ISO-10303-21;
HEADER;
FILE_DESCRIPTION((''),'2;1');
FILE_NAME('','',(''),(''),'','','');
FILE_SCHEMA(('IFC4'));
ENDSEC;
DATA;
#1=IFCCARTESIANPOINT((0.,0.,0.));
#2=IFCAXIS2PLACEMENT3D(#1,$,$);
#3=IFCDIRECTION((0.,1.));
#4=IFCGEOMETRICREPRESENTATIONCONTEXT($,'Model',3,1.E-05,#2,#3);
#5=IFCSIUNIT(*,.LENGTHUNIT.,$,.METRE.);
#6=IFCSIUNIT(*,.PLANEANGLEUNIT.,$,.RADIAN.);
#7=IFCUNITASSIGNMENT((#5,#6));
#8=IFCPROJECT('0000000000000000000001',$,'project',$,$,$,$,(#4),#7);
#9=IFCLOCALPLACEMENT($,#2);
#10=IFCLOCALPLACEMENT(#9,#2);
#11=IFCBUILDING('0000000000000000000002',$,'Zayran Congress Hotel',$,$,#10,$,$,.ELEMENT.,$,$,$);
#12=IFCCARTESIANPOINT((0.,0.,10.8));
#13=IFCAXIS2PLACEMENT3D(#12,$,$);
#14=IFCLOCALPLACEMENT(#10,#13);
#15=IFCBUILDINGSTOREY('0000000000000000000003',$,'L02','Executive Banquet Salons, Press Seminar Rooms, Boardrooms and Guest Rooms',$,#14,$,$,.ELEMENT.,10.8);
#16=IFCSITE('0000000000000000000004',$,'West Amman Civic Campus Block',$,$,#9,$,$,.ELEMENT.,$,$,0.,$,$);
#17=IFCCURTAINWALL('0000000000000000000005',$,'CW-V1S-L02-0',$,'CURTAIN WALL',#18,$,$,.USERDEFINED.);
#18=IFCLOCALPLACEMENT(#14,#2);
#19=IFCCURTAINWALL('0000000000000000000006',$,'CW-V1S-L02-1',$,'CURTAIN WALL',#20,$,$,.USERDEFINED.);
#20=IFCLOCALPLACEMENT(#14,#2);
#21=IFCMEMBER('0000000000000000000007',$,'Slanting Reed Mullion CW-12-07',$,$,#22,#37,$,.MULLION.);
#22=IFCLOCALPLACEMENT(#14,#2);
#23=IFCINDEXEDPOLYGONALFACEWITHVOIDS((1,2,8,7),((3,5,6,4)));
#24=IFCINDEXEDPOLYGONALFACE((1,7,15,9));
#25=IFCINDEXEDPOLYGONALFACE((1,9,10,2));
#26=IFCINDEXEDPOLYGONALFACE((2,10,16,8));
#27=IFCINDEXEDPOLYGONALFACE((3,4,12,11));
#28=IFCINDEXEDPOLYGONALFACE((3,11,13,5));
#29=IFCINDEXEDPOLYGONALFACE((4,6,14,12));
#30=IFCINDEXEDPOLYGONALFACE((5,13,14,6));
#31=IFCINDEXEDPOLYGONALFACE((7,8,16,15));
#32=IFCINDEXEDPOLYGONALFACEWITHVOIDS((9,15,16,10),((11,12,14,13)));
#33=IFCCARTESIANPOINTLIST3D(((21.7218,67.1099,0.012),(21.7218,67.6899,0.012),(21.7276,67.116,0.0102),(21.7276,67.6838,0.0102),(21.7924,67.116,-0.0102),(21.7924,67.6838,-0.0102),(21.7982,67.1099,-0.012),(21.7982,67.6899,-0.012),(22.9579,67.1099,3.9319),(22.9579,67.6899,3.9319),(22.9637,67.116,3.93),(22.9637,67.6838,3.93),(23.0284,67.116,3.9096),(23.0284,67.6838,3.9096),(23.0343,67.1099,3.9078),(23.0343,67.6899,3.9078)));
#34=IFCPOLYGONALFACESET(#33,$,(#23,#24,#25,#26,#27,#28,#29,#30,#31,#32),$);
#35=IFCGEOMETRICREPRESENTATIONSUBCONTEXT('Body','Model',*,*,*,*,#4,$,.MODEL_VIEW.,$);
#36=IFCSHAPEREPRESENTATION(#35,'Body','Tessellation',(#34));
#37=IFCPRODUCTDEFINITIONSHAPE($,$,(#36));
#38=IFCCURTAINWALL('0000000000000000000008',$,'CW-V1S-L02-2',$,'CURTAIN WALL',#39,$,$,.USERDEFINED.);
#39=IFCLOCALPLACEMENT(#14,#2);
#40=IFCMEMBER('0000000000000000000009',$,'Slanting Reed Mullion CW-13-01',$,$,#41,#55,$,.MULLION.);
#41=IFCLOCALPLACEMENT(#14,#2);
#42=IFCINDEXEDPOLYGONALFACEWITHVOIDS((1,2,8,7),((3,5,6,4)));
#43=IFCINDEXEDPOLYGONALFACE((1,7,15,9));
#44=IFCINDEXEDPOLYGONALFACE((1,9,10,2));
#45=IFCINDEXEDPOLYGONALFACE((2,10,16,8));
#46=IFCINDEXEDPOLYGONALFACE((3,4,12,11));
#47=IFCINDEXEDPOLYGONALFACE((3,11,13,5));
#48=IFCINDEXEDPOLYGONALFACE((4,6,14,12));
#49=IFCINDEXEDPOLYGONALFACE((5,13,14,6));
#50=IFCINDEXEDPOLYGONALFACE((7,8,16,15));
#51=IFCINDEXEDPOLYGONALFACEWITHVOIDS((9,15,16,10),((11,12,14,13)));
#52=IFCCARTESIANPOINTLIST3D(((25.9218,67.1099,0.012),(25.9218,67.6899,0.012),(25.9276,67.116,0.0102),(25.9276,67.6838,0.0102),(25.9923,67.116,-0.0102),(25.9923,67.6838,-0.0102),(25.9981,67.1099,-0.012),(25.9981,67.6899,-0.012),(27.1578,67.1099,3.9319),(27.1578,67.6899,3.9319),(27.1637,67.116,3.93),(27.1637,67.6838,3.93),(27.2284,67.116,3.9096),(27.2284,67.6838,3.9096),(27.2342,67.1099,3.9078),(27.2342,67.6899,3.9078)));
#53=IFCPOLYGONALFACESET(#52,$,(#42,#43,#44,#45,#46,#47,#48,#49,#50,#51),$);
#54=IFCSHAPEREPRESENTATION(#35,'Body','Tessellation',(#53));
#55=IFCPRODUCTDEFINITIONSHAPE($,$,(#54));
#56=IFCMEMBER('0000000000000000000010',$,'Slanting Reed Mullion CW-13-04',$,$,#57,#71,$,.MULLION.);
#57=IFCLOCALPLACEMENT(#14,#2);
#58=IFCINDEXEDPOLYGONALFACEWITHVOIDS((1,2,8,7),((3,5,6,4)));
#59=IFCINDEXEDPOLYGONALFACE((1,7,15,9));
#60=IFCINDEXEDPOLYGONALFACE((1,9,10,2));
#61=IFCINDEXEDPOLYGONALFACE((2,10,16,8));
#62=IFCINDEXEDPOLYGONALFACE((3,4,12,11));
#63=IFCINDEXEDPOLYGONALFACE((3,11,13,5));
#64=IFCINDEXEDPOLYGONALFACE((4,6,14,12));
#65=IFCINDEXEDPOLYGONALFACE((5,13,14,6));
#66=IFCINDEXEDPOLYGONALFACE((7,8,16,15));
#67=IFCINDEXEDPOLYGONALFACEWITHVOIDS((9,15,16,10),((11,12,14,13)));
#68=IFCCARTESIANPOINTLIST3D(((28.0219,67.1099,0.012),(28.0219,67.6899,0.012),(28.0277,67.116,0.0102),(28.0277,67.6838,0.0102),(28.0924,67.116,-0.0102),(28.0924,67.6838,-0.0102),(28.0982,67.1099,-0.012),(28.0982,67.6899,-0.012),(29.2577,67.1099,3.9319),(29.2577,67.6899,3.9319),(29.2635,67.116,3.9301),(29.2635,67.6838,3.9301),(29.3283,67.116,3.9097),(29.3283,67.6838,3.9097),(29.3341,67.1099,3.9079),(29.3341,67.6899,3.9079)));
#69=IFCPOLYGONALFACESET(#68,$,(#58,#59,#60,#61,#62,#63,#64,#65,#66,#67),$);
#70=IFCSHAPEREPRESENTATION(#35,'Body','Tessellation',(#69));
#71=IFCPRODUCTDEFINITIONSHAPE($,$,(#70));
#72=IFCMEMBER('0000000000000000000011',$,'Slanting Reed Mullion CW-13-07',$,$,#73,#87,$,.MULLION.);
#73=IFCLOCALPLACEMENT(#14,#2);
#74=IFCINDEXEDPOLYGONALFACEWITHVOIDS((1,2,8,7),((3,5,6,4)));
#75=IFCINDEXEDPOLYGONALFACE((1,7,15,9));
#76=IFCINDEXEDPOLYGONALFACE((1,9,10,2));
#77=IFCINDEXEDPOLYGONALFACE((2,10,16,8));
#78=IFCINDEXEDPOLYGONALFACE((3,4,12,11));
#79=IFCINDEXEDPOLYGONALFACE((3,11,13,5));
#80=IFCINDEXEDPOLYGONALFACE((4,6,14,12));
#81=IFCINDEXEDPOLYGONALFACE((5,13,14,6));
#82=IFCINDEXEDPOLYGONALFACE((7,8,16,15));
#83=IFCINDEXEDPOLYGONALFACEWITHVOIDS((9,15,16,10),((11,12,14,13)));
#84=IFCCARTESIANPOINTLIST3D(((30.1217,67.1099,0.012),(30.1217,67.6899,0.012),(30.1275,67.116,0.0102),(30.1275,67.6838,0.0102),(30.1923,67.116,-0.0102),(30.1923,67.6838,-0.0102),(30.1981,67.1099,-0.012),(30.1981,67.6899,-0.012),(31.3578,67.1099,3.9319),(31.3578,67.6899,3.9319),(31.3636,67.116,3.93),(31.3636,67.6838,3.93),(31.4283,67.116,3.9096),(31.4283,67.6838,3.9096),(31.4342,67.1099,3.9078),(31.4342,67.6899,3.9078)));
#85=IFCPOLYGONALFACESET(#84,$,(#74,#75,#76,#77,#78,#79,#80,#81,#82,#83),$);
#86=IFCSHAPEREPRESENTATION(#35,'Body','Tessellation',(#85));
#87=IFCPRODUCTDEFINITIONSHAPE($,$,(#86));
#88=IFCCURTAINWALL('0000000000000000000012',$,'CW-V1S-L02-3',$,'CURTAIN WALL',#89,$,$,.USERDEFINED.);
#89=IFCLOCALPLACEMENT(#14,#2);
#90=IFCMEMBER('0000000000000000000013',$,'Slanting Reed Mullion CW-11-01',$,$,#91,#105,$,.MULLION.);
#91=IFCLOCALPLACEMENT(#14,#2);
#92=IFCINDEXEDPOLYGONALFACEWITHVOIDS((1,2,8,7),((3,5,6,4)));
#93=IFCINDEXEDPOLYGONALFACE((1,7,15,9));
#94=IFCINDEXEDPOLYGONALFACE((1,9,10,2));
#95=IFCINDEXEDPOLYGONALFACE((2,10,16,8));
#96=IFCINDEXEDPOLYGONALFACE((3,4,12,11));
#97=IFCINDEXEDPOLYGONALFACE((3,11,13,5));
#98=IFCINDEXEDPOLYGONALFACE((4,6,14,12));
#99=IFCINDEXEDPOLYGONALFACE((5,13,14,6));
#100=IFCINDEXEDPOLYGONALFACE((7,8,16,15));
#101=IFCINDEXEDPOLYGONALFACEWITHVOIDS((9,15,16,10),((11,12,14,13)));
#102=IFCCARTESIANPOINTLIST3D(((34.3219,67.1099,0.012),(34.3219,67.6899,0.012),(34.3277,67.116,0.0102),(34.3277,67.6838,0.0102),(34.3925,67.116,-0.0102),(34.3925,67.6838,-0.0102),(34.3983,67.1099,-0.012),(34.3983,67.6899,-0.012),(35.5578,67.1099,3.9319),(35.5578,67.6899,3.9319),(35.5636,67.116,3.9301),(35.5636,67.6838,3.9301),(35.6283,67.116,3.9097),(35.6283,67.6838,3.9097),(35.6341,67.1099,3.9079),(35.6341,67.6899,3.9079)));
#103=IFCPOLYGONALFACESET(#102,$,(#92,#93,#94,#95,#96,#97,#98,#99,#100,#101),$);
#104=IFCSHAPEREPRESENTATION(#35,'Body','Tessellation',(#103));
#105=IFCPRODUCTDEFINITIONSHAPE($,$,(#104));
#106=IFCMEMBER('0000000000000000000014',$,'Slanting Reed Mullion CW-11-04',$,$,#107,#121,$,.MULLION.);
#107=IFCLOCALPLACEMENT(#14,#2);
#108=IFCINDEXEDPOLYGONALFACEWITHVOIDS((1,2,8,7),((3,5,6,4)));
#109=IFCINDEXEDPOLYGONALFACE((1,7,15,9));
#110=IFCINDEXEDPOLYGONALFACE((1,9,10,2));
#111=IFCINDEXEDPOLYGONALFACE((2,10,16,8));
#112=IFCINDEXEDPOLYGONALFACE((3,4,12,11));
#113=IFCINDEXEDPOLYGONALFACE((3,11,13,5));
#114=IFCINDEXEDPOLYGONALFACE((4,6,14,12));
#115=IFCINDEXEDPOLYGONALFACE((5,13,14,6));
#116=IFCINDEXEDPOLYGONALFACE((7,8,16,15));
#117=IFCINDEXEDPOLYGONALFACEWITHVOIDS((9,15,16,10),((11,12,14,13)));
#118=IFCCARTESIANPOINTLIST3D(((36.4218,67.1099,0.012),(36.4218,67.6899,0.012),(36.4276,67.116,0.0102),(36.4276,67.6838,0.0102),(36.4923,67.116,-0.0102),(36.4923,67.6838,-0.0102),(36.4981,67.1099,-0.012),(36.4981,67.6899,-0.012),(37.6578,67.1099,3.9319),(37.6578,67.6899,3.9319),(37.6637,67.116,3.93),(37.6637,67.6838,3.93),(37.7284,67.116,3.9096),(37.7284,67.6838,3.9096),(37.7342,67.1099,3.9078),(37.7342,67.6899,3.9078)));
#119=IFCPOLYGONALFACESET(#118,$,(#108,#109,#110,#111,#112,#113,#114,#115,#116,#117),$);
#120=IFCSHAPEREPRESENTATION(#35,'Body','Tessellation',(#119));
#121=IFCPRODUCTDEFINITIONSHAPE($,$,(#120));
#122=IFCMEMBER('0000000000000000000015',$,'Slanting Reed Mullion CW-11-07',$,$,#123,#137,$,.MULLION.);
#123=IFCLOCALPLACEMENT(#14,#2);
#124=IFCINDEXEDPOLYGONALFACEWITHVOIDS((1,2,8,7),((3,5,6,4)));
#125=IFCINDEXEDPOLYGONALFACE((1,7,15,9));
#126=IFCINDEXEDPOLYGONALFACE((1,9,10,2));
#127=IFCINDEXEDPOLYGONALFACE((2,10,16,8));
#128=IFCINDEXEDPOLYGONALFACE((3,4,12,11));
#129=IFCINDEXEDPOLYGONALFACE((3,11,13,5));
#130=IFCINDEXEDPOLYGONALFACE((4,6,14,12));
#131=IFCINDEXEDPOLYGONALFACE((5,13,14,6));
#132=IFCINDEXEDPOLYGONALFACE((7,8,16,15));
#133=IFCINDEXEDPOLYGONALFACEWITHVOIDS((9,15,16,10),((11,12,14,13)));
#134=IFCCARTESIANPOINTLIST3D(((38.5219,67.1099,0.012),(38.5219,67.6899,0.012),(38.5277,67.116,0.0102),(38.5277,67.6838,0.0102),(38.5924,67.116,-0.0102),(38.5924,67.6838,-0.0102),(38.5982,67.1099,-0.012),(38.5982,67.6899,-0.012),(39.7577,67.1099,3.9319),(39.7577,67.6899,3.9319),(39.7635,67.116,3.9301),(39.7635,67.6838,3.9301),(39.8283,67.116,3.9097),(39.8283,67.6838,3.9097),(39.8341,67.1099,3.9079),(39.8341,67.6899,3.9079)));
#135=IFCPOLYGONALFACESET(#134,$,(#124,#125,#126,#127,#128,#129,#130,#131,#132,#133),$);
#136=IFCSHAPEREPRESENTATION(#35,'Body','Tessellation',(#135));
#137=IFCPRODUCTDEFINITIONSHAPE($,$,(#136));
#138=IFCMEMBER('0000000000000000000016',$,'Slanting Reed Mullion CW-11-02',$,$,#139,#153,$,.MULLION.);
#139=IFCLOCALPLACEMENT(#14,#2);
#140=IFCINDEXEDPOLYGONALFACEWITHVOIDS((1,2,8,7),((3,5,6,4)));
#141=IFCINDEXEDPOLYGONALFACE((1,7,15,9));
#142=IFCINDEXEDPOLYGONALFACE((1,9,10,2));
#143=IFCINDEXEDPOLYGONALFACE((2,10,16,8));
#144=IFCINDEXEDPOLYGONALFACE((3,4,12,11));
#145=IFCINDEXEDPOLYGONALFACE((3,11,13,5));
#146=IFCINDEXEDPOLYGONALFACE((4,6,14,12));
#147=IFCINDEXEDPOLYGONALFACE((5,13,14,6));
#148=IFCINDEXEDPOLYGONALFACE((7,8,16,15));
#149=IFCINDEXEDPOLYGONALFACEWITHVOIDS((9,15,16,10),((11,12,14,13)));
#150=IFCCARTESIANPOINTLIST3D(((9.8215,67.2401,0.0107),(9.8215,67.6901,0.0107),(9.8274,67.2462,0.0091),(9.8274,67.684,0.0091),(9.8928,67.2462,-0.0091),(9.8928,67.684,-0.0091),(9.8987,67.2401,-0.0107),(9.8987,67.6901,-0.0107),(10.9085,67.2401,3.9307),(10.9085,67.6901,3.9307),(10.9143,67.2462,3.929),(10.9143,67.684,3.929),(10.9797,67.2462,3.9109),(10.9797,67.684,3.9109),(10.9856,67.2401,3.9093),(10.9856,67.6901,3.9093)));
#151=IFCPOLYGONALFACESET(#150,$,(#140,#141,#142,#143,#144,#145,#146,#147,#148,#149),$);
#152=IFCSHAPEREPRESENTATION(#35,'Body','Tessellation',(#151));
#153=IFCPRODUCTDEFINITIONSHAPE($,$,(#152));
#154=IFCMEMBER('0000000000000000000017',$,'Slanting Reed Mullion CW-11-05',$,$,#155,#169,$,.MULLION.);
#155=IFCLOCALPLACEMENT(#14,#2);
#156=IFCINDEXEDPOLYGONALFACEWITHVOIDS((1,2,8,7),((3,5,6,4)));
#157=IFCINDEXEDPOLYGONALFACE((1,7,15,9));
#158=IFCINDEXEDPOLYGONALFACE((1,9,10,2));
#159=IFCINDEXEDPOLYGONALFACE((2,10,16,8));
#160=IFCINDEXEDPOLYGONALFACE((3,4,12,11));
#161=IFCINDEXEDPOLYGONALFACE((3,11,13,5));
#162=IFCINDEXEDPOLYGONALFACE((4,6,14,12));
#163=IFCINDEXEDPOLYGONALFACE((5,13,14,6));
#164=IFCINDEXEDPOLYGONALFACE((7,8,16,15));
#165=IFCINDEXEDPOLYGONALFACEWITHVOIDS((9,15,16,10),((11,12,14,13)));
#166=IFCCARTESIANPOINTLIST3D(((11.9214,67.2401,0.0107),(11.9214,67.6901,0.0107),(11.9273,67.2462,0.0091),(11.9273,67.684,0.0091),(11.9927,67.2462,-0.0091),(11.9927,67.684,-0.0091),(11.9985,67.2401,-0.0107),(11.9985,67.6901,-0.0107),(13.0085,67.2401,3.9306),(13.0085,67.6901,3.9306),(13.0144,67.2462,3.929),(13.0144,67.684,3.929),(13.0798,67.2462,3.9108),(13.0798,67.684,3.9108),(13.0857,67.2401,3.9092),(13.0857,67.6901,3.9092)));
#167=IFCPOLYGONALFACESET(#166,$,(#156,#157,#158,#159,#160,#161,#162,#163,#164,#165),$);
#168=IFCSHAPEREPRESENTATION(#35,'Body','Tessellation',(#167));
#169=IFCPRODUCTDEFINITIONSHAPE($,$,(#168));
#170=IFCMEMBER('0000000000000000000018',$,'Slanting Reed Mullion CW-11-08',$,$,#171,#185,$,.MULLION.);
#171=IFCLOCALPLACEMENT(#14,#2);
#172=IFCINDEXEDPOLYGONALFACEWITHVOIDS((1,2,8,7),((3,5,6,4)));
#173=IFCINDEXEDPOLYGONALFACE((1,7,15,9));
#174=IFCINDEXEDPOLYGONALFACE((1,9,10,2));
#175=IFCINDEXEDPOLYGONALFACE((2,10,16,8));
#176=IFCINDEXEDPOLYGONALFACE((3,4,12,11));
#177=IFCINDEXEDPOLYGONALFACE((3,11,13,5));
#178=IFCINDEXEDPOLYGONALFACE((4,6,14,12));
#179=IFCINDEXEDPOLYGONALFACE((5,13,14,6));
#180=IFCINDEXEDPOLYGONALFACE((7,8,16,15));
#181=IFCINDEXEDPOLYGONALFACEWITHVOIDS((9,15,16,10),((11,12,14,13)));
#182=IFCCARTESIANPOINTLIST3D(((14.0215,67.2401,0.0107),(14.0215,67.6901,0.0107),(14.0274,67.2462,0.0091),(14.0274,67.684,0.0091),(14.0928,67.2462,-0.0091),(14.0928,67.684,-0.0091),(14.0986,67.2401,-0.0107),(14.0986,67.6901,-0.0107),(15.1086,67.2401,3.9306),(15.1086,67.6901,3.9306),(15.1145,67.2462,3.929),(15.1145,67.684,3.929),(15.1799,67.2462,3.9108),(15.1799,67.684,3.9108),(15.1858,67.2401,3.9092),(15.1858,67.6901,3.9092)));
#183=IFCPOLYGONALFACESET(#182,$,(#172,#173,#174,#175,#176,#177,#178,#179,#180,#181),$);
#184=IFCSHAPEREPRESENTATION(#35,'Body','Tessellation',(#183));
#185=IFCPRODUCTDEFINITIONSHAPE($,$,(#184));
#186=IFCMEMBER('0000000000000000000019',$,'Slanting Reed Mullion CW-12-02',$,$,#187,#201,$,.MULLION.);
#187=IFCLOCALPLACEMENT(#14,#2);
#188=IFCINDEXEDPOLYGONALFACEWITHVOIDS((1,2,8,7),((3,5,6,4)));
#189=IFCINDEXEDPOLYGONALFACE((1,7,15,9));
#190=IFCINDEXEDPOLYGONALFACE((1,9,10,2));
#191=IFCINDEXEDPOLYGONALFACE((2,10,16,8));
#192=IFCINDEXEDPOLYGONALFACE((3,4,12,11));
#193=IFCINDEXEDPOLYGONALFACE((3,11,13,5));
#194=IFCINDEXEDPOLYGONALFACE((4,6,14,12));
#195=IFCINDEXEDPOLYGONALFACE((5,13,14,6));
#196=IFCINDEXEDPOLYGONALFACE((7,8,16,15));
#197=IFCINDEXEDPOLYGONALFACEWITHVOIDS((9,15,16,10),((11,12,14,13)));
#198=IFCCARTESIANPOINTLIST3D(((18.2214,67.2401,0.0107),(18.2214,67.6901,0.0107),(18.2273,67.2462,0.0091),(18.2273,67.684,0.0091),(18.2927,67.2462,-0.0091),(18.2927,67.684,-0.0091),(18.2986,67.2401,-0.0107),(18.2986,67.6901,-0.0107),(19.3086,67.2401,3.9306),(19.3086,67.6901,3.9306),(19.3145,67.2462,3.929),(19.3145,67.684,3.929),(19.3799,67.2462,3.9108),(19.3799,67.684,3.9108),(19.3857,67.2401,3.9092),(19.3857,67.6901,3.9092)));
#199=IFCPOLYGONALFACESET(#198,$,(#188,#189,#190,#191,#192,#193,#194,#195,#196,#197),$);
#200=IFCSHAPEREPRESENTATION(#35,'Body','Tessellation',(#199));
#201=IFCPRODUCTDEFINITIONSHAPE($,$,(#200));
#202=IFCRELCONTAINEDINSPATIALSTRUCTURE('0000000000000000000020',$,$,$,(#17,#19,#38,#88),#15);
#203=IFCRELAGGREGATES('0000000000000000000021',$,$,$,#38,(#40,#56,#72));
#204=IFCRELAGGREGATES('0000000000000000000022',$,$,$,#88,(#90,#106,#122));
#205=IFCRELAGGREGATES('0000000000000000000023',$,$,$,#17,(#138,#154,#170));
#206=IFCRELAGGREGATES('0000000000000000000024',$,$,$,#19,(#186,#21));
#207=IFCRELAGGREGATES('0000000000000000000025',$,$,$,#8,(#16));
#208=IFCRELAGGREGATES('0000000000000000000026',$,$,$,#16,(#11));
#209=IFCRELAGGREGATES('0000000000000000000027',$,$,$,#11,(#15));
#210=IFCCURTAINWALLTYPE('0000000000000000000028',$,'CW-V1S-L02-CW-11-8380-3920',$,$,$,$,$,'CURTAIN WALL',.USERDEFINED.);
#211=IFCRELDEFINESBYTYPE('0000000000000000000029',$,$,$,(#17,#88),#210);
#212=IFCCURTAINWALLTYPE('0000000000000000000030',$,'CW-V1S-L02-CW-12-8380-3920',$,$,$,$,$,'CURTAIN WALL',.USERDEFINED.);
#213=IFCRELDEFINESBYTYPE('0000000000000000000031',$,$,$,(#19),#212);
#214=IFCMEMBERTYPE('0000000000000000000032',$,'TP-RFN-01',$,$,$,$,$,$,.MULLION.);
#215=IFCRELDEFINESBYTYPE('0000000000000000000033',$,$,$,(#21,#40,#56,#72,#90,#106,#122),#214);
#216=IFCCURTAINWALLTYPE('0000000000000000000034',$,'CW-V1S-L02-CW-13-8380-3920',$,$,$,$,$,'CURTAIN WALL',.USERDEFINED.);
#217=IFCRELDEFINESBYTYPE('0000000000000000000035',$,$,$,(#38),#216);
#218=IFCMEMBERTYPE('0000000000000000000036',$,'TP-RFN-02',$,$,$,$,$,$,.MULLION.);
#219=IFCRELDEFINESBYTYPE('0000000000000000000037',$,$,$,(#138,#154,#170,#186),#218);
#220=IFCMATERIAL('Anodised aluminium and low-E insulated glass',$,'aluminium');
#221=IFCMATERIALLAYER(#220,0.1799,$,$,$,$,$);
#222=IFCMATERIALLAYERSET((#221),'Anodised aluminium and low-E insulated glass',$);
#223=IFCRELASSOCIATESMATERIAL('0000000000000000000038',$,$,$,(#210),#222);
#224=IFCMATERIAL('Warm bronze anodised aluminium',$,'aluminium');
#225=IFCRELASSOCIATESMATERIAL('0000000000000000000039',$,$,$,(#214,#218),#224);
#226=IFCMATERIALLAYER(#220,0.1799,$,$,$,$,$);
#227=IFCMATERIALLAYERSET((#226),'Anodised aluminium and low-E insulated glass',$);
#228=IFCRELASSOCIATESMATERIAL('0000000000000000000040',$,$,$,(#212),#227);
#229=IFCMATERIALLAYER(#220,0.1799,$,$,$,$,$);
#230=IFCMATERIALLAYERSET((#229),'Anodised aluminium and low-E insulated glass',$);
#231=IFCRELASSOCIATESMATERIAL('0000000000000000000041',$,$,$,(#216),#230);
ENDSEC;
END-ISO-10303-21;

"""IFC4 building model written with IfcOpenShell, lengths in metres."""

from ifc_helpers import new_model, si_unit, direction, frame, origin, origin_2d, place, context, subcontext, project, spatial, hollow_rectangle, extrude, material, layer, layer_set, material_profile, profile_set, type_object, element, aggregate, save


model = new_model("IFC4")

# Units and contexts
model_context = context("Model", 3, precision=1e-05, world=origin(), true_north=direction((0.0, 1.0)))
body_context = subcontext(model_context, "Body", "Model", "MODEL_VIEW")
ifc_project = project(units=[si_unit("LENGTHUNIT", "METRE"), si_unit("PLANEANGLEUNIT", "RADIAN")], contexts=[model_context])

# Site, building, storey
site_placement = place(None, origin())
site = spatial("IfcSite", under=ifc_project, at=site_placement, Name="West Amman Civic Campus Block", CompositionType="ELEMENT", RefElevation=0.0)
building_placement = place(site_placement, origin())
building = spatial("IfcBuilding", under=site, at=building_placement, Name="Zayran Congress Hotel", CompositionType="ELEMENT")
storey_placement = place(building_placement, frame((0.0, 0.0, 10.8)))
storey = spatial("IfcBuildingStorey", under=building, at=storey_placement, Name="L02", Description="Executive Banquet Salons, Press Seminar Rooms, Boardrooms and Guest Rooms", CompositionType="ELEMENT", Elevation=10.8)

# Curtain walls, members
ifc_material_1 = material(Name="Anodised aluminium and low-E insulated glass", Category="aluminium")
ifc_layer_1 = layer(ifc_material_1, 0.1799)
ifc_layer_set_1 = layer_set([ifc_layer_1], Name="Anodised aluminium and low-E insulated glass")
curtain_wall_type_1 = type_object("IfcCurtainWallType", Name="CW-V1S-L02-CW-11-8380-3920", ElementType="CURTAIN WALL", PredefinedType="USERDEFINED", material=ifc_layer_set_1)
curtain_wall_1_placement = place(storey_placement, origin())
curtain_wall_1 = element("IfcCurtainWall", 1, at=curtain_wall_1_placement, inside=storey, type_object=curtain_wall_type_1, Name="CW-V1S-L02-0", ObjectType="CURTAIN WALL", PredefinedType="USERDEFINED")
ifc_material_2 = material(Name="Warm bronze anodised aluminium", Category="aluminium")
ifc_material_profile_1 = material_profile(ifc_material_2, hollow_rectangle(XDim=0.0801, YDim=0.5801, WallThickness=0.0061, at=origin_2d()), Name="RHS 580x80x6")
ifc_profile_set_1 = profile_set([ifc_material_profile_1], Name="Warm bronze anodised aluminium")
member_type_1 = type_object("IfcMemberType", Name="TP-RFN-01", PredefinedType="MULLION", material=ifc_profile_set_1)
ifc_layer_2 = layer(ifc_material_1, 0.1799)
ifc_layer_set_2 = layer_set([ifc_layer_2], Name="Anodised aluminium and low-E insulated glass")
curtain_wall_type_2 = type_object("IfcCurtainWallType", Name="CW-V1S-L02-CW-12-8380-3920", ElementType="CURTAIN WALL", PredefinedType="USERDEFINED", material=ifc_layer_set_2)
curtain_wall_2_placement = place(storey_placement, origin())
curtain_wall_2 = element("IfcCurtainWall", 2, at=curtain_wall_2_placement, inside=storey, type_object=curtain_wall_type_2, Name="CW-V1S-L02-1", ObjectType="CURTAIN WALL", PredefinedType="USERDEFINED")
member_1_placement = place(storey_placement, frame((21.76, 67.3999, 0.0), z_axis=(0.300736, 0.0, 0.953707), x_axis=(-0.953707, 0.0, 0.300736)))
member_1 = element("IfcMember", 3, at=member_1_placement, type_object=member_type_1, Name="Slanting Reed Mullion CW-12-07", PredefinedType="MULLION", context=body_context, shape_type="SweptSolid", body=[
    extrude(hollow_rectangle(XDim=0.0801, YDim=0.5801, WallThickness=0.0061, at=origin_2d()), origin(), (0.0, 0.0, 1.0), 4.1101),
])
ifc_layer_3 = layer(ifc_material_1, 0.1799)
ifc_layer_set_3 = layer_set([ifc_layer_3], Name="Anodised aluminium and low-E insulated glass")
curtain_wall_type_3 = type_object("IfcCurtainWallType", Name="CW-V1S-L02-CW-13-8380-3920", ElementType="CURTAIN WALL", PredefinedType="USERDEFINED", material=ifc_layer_set_3)
curtain_wall_3_placement = place(storey_placement, origin())
curtain_wall_3 = element("IfcCurtainWall", 4, at=curtain_wall_3_placement, inside=storey, type_object=curtain_wall_type_3, Name="CW-V1S-L02-2", ObjectType="CURTAIN WALL", PredefinedType="USERDEFINED")
member_2_placement = place(storey_placement, frame((25.96, 67.3999, 0.0), z_axis=(0.300736, 0.0, 0.953707), x_axis=(-0.953707, 0.0, 0.300736)))
member_2 = element("IfcMember", 5, at=member_2_placement, type_object=member_type_1, Name="Slanting Reed Mullion CW-13-01", PredefinedType="MULLION", context=body_context, shape_type="SweptSolid", body=[
    extrude(hollow_rectangle(XDim=0.0801, YDim=0.5801, WallThickness=0.0061, at=origin_2d()), origin(), (0.0, 0.0, 1.0), 4.1101),
])
member_3_placement = place(storey_placement, frame((28.0601, 67.3999, 0.0), z_axis=(0.300682, 0.0, 0.953724), x_axis=(-0.953724, 0.0, 0.300682)))
member_3 = element("IfcMember", 6, at=member_3_placement, type_object=member_type_1, Name="Slanting Reed Mullion CW-13-04", PredefinedType="MULLION", context=body_context, shape_type="SweptSolid", body=[
    extrude(hollow_rectangle(XDim=0.0801, YDim=0.5801, WallThickness=0.0061, at=origin_2d()), origin(), (0.0, 0.0, 1.0), 4.1101),
])
member_4_placement = place(storey_placement, frame((30.1599, 67.3999, 0.0), z_axis=(0.300736, 0.0, 0.953707), x_axis=(-0.953707, 0.0, 0.300736)))
member_4 = element("IfcMember", 7, at=member_4_placement, type_object=member_type_1, Name="Slanting Reed Mullion CW-13-07", PredefinedType="MULLION", context=body_context, shape_type="SweptSolid", body=[
    extrude(hollow_rectangle(XDim=0.0801, YDim=0.5801, WallThickness=0.0061, at=origin_2d()), origin(), (0.0, 0.0, 1.0), 4.1101),
])
aggregate(curtain_wall_3, [member_2, member_3, member_4])
curtain_wall_4_placement = place(storey_placement, origin())
curtain_wall_4 = element("IfcCurtainWall", 8, at=curtain_wall_4_placement, inside=storey, type_object=curtain_wall_type_1, Name="CW-V1S-L02-3", ObjectType="CURTAIN WALL", PredefinedType="USERDEFINED")
member_5_placement = place(storey_placement, frame((34.3601, 67.3999, 0.0), z_axis=(0.300682, 0.0, 0.953724), x_axis=(-0.953724, 0.0, 0.300682)))
member_5 = element("IfcMember", 9, at=member_5_placement, type_object=member_type_1, Name="Slanting Reed Mullion CW-11-01", PredefinedType="MULLION", context=body_context, shape_type="SweptSolid", body=[
    extrude(hollow_rectangle(XDim=0.0801, YDim=0.5801, WallThickness=0.0061, at=origin_2d()), origin(), (0.0, 0.0, 1.0), 4.1101),
])
member_6_placement = place(storey_placement, frame((36.46, 67.3999, 0.0), z_axis=(0.300736, 0.0, 0.953707), x_axis=(-0.953707, 0.0, 0.300736)))
member_6 = element("IfcMember", 10, at=member_6_placement, type_object=member_type_1, Name="Slanting Reed Mullion CW-11-04", PredefinedType="MULLION", context=body_context, shape_type="SweptSolid", body=[
    extrude(hollow_rectangle(XDim=0.0801, YDim=0.5801, WallThickness=0.0061, at=origin_2d()), origin(), (0.0, 0.0, 1.0), 4.1101),
])
member_7_placement = place(storey_placement, frame((38.5601, 67.3999, 0.0), z_axis=(0.300682, 0.0, 0.953724), x_axis=(-0.953724, 0.0, 0.300682)))
member_7 = element("IfcMember", 11, at=member_7_placement, type_object=member_type_1, Name="Slanting Reed Mullion CW-11-07", PredefinedType="MULLION", context=body_context, shape_type="SweptSolid", body=[
    extrude(hollow_rectangle(XDim=0.0801, YDim=0.5801, WallThickness=0.0061, at=origin_2d()), origin(), (0.0, 0.0, 1.0), 4.1101),
])
aggregate(curtain_wall_4, [member_5, member_6, member_7])

# Members
ifc_material_profile_2 = material_profile(ifc_material_2, hollow_rectangle(XDim=0.0801, YDim=0.45, WallThickness=0.0061, at=origin_2d()), Name="RHS 450x80x6")
ifc_profile_set_2 = profile_set([ifc_material_profile_2], Name="Warm bronze anodised aluminium")
member_type_2 = type_object("IfcMemberType", Name="TP-RFN-02", PredefinedType="MULLION", material=ifc_profile_set_2)
member_8_placement = place(storey_placement, frame((9.8601, 67.4651, 0.0), z_axis=(0.267198, 0.0, 0.963642), x_axis=(-0.963642, 0.0, 0.267198)))
member_8 = element("IfcMember", 12, at=member_8_placement, type_object=member_type_2, Name="Slanting Reed Mullion CW-11-02", PredefinedType="MULLION", context=body_context, shape_type="SweptSolid", body=[
    extrude(hollow_rectangle(XDim=0.0801, YDim=0.45, WallThickness=0.0061, at=origin_2d()), origin(), (0.0, 0.0, 1.0), 4.0679),
])
member_9_placement = place(storey_placement, frame((11.96, 67.4651, 0.0), z_axis=(0.267254, 0.0, 0.963626), x_axis=(-0.963626, 0.0, 0.267254)))
member_9 = element("IfcMember", 13, at=member_9_placement, type_object=member_type_2, Name="Slanting Reed Mullion CW-11-05", PredefinedType="MULLION", context=body_context, shape_type="SweptSolid", body=[
    extrude(hollow_rectangle(XDim=0.0801, YDim=0.45, WallThickness=0.0061, at=origin_2d()), origin(), (0.0, 0.0, 1.0), 4.0679),
])
member_10_placement = place(storey_placement, frame((14.0601, 67.4651, 0.0), z_axis=(0.267254, 0.0, 0.963626), x_axis=(-0.963626, 0.0, 0.267254)))
member_10 = element("IfcMember", 14, at=member_10_placement, type_object=member_type_2, Name="Slanting Reed Mullion CW-11-08", PredefinedType="MULLION", context=body_context, shape_type="SweptSolid", body=[
    extrude(hollow_rectangle(XDim=0.0801, YDim=0.45, WallThickness=0.0061, at=origin_2d()), origin(), (0.0, 0.0, 1.0), 4.0679),
])
aggregate(curtain_wall_1, [member_8, member_9, member_10])
member_11_placement = place(storey_placement, frame((18.26, 67.4651, 0.0), z_axis=(0.267254, 0.0, 0.963626), x_axis=(-0.963626, 0.0, 0.267254)))
member_11 = element("IfcMember", 15, at=member_11_placement, type_object=member_type_2, Name="Slanting Reed Mullion CW-12-02", PredefinedType="MULLION", context=body_context, shape_type="SweptSolid", body=[
    extrude(hollow_rectangle(XDim=0.0801, YDim=0.45, WallThickness=0.0061, at=origin_2d()), origin(), (0.0, 0.0, 1.0), 4.0679),
])
aggregate(curtain_wall_2, [member_11, member_1])

save(model, "model.ifc")
